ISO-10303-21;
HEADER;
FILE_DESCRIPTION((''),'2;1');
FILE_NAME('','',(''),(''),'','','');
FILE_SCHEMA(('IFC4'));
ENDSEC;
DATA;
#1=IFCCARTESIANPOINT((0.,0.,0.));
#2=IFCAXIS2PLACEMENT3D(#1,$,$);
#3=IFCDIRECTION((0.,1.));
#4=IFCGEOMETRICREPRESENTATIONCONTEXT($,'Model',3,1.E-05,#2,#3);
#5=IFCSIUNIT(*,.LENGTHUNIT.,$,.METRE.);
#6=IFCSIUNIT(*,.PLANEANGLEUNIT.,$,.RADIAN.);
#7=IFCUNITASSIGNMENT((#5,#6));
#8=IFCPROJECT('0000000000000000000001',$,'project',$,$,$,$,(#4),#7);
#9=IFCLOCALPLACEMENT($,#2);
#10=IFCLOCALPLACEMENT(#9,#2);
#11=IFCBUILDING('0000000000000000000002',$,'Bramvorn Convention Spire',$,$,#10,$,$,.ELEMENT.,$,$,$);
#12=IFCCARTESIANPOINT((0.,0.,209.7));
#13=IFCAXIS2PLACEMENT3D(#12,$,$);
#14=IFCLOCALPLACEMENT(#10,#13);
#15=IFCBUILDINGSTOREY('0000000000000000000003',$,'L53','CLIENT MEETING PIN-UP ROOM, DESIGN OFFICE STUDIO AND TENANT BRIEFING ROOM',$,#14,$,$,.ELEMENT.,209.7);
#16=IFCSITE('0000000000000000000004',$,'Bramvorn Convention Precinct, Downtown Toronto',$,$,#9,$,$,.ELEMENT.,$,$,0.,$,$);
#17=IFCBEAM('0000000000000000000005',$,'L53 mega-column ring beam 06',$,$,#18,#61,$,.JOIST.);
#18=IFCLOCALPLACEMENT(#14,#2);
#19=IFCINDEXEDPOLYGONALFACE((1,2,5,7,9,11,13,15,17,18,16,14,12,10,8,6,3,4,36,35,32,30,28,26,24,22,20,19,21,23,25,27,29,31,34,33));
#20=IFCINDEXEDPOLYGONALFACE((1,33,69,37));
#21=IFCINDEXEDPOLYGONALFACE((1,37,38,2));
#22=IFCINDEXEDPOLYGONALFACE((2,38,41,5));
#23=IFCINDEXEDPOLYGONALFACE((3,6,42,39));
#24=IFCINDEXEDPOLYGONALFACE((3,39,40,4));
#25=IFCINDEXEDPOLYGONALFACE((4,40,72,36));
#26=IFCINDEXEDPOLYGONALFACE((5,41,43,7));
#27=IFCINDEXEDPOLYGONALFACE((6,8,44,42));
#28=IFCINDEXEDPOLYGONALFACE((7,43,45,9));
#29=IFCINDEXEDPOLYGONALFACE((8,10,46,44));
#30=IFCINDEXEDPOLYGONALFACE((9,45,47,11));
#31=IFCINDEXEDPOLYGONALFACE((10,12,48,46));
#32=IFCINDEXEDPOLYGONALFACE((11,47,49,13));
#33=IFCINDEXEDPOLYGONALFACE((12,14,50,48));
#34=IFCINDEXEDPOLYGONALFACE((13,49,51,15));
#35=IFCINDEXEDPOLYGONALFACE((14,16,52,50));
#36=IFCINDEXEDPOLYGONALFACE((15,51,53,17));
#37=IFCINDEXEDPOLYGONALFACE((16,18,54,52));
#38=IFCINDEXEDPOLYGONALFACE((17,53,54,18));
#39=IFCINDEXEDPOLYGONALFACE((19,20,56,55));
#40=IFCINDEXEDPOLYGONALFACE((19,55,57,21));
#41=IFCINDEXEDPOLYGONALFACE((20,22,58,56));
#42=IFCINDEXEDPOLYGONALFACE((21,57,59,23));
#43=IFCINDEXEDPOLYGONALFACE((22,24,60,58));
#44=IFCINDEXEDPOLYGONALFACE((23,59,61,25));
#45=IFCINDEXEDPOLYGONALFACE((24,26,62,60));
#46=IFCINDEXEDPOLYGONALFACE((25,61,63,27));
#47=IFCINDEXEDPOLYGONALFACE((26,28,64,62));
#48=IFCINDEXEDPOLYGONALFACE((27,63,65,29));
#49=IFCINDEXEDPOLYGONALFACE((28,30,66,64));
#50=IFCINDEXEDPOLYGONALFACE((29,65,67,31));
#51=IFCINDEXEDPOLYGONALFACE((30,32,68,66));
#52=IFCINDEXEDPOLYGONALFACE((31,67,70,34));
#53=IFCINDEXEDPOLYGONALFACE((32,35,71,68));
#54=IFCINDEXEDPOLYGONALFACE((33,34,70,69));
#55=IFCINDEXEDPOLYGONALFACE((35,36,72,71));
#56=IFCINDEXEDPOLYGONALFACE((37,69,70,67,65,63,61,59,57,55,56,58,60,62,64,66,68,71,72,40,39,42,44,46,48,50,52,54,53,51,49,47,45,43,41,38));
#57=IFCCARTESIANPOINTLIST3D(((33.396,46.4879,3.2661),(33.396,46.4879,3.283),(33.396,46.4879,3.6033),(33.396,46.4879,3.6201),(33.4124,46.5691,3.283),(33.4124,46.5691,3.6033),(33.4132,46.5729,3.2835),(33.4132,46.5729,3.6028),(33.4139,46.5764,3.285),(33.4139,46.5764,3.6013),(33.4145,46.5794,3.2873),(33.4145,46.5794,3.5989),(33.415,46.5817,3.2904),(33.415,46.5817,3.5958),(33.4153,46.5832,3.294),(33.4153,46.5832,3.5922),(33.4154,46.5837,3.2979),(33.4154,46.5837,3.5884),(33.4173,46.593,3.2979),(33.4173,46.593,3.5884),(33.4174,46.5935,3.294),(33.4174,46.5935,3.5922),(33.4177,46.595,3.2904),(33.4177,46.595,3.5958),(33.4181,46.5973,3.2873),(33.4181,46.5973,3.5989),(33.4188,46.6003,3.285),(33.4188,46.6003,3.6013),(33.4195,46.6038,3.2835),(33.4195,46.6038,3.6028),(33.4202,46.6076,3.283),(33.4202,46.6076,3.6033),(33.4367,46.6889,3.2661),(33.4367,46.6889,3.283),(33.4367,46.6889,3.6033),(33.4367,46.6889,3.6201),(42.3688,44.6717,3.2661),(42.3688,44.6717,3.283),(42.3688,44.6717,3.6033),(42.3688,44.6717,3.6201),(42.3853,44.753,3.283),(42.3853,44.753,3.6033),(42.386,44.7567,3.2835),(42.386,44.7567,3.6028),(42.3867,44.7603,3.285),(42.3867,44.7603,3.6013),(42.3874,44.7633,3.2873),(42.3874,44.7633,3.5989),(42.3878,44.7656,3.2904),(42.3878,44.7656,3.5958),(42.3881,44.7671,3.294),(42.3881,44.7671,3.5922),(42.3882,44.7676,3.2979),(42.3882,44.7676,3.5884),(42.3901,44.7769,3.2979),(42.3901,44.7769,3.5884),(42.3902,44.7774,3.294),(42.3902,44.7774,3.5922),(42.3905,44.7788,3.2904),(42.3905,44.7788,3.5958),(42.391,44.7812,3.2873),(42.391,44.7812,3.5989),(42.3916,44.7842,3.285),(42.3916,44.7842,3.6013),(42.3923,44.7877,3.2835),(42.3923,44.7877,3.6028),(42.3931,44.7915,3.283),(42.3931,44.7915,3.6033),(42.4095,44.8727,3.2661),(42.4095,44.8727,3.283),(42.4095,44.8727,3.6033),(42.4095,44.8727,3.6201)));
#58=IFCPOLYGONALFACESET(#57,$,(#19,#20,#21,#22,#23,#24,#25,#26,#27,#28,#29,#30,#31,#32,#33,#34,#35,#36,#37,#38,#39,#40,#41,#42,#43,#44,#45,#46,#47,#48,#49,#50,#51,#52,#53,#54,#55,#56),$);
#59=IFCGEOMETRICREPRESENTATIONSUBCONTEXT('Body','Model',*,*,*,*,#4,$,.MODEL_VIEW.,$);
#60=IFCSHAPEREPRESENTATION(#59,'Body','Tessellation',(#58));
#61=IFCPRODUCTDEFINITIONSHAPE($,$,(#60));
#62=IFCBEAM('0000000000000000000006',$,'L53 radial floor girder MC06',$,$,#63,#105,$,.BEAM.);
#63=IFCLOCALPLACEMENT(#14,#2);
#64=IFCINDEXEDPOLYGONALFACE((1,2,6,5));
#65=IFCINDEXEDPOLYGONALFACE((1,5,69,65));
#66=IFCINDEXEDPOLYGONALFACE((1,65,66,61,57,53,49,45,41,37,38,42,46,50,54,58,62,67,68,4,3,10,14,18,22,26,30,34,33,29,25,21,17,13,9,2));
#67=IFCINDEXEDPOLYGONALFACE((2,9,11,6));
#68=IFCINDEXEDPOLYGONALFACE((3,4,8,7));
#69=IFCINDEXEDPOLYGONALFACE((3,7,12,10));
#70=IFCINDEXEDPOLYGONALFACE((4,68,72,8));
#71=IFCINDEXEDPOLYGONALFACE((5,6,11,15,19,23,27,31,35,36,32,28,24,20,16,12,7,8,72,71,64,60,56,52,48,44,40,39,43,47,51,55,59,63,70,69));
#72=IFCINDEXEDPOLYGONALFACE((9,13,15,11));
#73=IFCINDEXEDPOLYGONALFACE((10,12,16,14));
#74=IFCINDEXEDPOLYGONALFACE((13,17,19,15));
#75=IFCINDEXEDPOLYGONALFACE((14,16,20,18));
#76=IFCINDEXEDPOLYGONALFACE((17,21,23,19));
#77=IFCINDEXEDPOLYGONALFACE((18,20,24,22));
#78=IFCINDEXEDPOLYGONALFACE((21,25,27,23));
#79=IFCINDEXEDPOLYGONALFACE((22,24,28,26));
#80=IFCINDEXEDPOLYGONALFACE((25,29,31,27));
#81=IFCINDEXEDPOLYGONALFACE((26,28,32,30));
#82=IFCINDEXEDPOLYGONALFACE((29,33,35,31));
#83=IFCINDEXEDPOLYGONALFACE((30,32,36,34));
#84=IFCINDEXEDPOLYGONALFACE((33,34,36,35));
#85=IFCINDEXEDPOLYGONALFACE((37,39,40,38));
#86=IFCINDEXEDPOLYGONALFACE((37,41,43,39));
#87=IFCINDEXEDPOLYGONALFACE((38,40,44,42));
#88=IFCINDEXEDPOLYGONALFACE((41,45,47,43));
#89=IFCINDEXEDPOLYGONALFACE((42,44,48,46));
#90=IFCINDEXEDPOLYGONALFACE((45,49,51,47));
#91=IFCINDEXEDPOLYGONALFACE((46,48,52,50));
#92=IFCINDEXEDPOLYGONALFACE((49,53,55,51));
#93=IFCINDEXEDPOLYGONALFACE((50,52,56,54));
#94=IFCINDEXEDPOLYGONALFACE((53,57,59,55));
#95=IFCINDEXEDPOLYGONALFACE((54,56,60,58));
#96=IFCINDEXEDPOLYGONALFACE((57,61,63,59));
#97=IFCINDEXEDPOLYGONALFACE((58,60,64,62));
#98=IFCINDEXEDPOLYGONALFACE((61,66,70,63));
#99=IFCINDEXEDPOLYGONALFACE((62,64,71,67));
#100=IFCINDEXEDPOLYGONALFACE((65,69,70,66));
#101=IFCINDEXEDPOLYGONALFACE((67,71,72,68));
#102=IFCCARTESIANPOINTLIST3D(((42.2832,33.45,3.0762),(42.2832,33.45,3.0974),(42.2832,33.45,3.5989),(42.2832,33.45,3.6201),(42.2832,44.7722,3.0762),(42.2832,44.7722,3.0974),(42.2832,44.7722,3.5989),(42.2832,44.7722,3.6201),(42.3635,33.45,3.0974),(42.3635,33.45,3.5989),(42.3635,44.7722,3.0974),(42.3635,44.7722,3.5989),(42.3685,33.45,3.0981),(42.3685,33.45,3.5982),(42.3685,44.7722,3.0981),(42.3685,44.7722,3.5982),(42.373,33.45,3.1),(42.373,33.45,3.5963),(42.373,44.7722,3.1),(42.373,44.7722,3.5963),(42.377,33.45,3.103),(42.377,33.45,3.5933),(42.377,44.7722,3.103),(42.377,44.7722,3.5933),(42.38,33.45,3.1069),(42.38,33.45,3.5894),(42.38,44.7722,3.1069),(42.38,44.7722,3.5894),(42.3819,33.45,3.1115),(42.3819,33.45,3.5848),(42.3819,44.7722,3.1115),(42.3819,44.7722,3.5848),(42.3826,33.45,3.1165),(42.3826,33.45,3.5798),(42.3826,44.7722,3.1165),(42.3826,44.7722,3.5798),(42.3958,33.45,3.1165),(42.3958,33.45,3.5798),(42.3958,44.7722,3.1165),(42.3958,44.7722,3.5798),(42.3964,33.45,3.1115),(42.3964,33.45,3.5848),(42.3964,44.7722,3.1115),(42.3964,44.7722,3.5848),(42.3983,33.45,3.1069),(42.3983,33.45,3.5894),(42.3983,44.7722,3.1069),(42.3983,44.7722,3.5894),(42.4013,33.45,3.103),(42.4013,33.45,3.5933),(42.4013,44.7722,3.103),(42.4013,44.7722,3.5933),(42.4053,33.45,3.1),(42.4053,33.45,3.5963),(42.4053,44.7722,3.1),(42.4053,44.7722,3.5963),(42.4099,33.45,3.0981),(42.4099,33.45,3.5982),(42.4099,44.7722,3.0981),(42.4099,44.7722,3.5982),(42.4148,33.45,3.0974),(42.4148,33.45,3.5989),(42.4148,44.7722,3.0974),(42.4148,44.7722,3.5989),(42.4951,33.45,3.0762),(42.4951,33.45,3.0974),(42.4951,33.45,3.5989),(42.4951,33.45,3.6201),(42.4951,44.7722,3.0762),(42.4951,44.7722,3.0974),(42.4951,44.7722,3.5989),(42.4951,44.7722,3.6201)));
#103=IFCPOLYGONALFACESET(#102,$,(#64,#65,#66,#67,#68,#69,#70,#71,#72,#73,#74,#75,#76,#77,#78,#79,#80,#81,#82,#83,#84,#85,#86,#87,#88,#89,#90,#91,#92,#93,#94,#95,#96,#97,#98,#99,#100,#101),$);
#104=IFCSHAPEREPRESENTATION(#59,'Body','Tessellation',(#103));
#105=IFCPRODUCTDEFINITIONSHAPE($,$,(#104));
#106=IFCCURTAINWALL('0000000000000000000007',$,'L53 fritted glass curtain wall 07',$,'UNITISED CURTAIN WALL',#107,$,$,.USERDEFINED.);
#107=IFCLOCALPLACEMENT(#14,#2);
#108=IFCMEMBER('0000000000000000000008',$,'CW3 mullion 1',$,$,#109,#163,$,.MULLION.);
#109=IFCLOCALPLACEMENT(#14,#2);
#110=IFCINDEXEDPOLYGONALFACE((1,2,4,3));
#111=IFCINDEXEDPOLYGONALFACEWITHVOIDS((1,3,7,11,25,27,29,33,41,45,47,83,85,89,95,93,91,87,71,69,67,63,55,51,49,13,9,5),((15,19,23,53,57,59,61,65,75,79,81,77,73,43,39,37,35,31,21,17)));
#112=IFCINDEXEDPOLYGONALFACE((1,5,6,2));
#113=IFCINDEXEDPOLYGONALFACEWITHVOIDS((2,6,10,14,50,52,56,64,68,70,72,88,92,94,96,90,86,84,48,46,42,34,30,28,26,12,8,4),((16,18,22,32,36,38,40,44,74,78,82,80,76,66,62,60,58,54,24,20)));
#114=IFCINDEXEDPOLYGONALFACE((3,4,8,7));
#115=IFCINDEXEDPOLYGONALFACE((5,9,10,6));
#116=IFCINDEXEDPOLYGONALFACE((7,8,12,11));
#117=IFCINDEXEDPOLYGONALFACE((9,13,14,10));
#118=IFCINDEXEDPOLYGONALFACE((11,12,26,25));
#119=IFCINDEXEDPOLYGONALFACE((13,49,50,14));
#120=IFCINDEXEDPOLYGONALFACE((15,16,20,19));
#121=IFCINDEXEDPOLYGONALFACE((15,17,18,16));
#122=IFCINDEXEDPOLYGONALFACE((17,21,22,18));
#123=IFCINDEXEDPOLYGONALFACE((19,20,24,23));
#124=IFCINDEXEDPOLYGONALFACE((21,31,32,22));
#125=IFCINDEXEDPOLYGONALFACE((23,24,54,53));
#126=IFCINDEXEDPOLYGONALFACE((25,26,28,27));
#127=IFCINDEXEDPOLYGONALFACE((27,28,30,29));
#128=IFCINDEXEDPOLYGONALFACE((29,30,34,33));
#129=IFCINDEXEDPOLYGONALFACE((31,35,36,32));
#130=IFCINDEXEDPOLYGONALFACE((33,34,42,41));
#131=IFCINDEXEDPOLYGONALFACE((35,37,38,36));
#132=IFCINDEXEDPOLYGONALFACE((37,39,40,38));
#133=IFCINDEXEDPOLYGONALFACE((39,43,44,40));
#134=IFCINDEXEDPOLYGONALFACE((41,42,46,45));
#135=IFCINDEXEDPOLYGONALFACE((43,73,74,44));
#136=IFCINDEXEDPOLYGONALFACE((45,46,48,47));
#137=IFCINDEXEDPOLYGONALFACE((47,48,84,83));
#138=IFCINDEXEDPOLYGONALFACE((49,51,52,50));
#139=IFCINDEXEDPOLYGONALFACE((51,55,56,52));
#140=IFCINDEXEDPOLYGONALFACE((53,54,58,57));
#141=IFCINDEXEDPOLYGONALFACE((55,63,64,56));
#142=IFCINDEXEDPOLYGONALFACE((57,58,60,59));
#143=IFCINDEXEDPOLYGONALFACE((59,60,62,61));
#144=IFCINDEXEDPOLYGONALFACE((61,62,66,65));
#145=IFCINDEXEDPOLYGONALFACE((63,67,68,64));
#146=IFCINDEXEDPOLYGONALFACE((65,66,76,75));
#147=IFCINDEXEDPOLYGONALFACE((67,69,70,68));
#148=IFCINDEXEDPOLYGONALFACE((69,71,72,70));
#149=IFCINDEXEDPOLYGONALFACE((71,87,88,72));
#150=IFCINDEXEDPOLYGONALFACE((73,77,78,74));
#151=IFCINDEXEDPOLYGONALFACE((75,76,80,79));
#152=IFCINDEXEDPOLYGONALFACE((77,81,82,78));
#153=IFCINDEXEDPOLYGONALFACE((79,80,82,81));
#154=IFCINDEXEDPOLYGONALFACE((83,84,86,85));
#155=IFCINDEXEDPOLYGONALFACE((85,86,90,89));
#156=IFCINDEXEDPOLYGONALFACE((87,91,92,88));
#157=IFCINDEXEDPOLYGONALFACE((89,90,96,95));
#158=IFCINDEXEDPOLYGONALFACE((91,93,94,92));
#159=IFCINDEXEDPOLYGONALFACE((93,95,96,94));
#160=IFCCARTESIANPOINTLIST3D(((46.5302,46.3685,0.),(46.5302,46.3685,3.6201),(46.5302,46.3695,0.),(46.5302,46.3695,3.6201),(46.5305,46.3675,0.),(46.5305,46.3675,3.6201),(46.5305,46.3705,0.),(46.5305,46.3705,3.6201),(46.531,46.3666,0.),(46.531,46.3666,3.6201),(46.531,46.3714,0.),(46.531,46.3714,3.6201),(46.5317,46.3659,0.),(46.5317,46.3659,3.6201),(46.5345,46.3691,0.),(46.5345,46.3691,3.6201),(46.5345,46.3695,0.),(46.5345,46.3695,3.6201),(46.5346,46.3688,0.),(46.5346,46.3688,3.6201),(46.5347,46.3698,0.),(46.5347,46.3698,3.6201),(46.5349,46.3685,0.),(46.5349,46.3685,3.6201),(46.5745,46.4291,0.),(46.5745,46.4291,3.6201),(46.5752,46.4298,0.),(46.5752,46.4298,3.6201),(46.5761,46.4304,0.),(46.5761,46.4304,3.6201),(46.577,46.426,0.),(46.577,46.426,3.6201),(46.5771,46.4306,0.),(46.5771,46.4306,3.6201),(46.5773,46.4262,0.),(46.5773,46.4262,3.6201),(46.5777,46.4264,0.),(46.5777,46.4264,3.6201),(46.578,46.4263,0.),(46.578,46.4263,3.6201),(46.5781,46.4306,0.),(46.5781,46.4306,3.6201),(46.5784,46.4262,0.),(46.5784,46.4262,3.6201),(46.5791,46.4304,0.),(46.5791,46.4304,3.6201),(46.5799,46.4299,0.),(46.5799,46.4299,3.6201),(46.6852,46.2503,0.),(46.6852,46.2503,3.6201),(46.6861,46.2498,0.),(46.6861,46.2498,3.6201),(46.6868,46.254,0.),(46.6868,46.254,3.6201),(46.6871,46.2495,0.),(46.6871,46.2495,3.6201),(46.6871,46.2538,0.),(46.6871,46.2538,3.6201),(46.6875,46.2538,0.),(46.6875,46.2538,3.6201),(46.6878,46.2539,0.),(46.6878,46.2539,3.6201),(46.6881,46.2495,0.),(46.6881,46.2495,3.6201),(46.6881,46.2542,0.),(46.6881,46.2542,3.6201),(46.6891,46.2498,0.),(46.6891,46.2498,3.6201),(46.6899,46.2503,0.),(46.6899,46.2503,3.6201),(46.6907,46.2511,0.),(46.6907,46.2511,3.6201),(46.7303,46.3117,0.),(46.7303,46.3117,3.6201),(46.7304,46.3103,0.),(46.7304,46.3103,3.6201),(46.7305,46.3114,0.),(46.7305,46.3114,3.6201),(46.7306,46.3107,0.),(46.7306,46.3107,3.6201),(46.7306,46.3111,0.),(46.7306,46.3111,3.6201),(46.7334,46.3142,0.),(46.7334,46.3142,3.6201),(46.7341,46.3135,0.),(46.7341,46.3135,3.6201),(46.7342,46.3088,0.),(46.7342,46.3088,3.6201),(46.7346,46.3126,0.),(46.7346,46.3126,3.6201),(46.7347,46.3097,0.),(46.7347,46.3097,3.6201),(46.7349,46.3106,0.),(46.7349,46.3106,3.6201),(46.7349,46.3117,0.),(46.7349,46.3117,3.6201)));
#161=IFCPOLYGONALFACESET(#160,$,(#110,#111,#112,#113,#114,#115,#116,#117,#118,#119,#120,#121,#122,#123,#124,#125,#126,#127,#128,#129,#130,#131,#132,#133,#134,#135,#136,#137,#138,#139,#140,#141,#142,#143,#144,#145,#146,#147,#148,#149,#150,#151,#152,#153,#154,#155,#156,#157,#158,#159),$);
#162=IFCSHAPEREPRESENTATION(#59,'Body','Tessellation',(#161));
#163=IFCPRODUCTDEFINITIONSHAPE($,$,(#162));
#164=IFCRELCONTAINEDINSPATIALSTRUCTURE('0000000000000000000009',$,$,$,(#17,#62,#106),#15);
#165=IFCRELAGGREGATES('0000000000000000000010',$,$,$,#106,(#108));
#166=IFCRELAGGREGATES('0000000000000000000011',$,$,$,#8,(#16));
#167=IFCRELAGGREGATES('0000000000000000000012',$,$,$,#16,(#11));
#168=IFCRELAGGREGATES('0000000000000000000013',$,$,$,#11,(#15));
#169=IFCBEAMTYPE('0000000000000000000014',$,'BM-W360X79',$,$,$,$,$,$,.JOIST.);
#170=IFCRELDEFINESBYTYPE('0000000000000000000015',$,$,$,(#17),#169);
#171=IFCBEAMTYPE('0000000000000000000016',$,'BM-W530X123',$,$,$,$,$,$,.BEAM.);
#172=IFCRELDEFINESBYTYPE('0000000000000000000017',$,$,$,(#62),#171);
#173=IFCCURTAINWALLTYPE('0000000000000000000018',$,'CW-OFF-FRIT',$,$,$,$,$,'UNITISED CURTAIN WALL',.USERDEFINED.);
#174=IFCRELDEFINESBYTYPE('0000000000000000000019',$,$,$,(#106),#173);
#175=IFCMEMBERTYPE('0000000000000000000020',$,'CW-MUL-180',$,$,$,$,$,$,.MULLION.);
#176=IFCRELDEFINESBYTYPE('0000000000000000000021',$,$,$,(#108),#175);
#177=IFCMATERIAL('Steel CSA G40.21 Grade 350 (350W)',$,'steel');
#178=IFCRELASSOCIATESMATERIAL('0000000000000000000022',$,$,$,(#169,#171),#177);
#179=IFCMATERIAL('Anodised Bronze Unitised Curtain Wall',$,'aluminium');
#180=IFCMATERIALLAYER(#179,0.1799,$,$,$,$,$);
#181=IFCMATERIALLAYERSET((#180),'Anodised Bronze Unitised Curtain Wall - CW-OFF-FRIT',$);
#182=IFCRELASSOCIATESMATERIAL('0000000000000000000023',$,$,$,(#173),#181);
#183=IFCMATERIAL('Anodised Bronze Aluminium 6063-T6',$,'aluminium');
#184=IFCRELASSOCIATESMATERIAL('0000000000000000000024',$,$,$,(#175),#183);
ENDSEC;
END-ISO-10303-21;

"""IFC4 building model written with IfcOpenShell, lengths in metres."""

from ifc_helpers import new_model, si_unit, direction, frame, origin, origin_2d, place, context, subcontext, project, spatial, hollow_rectangle, i_section, extrude, material, layer, layer_set, material_profile, profile_set, type_object, element, aggregate, save


model = new_model("IFC4")

# Units and contexts
model_context = context("Model", 3, precision=1e-05, world=origin(), true_north=direction((0.0, 1.0)))
body_context = subcontext(model_context, "Body", "Model", "MODEL_VIEW")
ifc_project = project(units=[si_unit("LENGTHUNIT", "METRE"), si_unit("PLANEANGLEUNIT", "RADIAN")], contexts=[model_context])

# Site, building, storey
site_placement = place(None, origin())
site = spatial("IfcSite", under=ifc_project, at=site_placement, Name="Bramvorn Convention Precinct, Downtown Toronto", CompositionType="ELEMENT", RefElevation=0.0)
building_placement = place(site_placement, origin())
building = spatial("IfcBuilding", under=site, at=building_placement, Name="Bramvorn Convention Spire", CompositionType="ELEMENT")
storey_placement = place(building_placement, frame((0.0, 0.0, 209.7)))
storey = spatial("IfcBuildingStorey", under=building, at=storey_placement, Name="L53", Description="CLIENT MEETING PIN-UP ROOM, DESIGN OFFICE STUDIO AND TENANT BRIEFING ROOM", CompositionType="ELEMENT", Elevation=209.7)

# Shared definitions
ifc_material_1 = material(Name="Steel CSA G40.21 Grade 350 (350W)", Category="steel")

# Beams
ifc_material_profile_1 = material_profile(ifc_material_1, i_section(OverallWidth=0.2051, OverallDepth=0.354, WebThickness=0.0095, FlangeThickness=0.0168, FilletRadius=0.0149, at=origin_2d()))
ifc_profile_set_1 = profile_set([ifc_material_profile_1], Name="Steel CSA G40.21 Grade 350 (350W) - W360X79")
beam_type_1 = type_object("IfcBeamType", Name="BM-W360X79", PredefinedType="JOIST", material=ifc_profile_set_1)
beam_1_placement = place(storey_placement, frame((42.3892, 44.7722, 3.4431), z_axis=(-0.980125, 0.198382, 0.0), x_axis=(-0.198382, -0.980125, 0.0)))
element("IfcBeam", 1, at=beam_1_placement, inside=storey, type_object=beam_type_1, Name="L53 mega-column ring beam 06", PredefinedType="JOIST", context=body_context, shape_type="SweptSolid", body=[
    extrude(i_section(OverallWidth=0.2051, OverallDepth=0.354, WebThickness=0.0095, FlangeThickness=0.0168, FilletRadius=0.0149, at=origin_2d()), origin(), (0.0, 0.0, 1.0), 9.1548),
])
ifc_material_profile_2 = material_profile(ifc_material_1, i_section(OverallWidth=0.2119, OverallDepth=0.5439, WebThickness=0.0132, FlangeThickness=0.0212, FilletRadius=0.019, at=origin_2d()))
ifc_profile_set_2 = profile_set([ifc_material_profile_2], Name="Steel CSA G40.21 Grade 350 (350W) - W530X123")
beam_type_2 = type_object("IfcBeamType", Name="BM-W530X123", PredefinedType="BEAM", material=ifc_profile_set_2)
beam_2_placement = place(storey_placement, frame((42.3892, 33.45, 3.3481), z_axis=(0.0, 1.0, 0.0), x_axis=(-1.0, 0.0, 0.0)))
element("IfcBeam", 2, at=beam_2_placement, inside=storey, type_object=beam_type_2, Name="L53 radial floor girder MC06", PredefinedType="BEAM", context=body_context, shape_type="SweptSolid", body=[
    extrude(i_section(OverallWidth=0.2119, OverallDepth=0.5439, WebThickness=0.0132, FlangeThickness=0.0212, FilletRadius=0.019, at=origin_2d()), origin(), (0.0, 0.0, 1.0), 11.3223),
])

# Curtain wall, member
ifc_material_2 = material(Name="Anodised Bronze Unitised Curtain Wall", Category="aluminium")
ifc_layer_1 = layer(ifc_material_2, 0.1799)
ifc_layer_set_1 = layer_set([ifc_layer_1], Name="Anodised Bronze Unitised Curtain Wall - CW-OFF-FRIT")
curtain_wall_type = type_object("IfcCurtainWallType", Name="CW-OFF-FRIT", ElementType="UNITISED CURTAIN WALL", PredefinedType="USERDEFINED", material=ifc_layer_set_1)
curtain_wall_placement = place(storey_placement, origin())
curtain_wall = element("IfcCurtainWall", 3, at=curtain_wall_placement, inside=storey, type_object=curtain_wall_type, Name="L53 fritted glass curtain wall 07", ObjectType="UNITISED CURTAIN WALL", PredefinedType="USERDEFINED")
ifc_material_3 = material(Name="Anodised Bronze Aluminium 6063-T6", Category="aluminium")
ifc_material_profile_3 = material_profile(ifc_material_3, hollow_rectangle(XDim=0.0801, YDim=0.2, WallThickness=0.0039, InnerFilletRadius=0.001, OuterFilletRadius=0.0039, at=origin_2d()))
ifc_profile_set_3 = profile_set([ifc_material_profile_3], Name="Anodised Bronze Aluminium 6063-T6 - CWM80X200")
member_type_1 = type_object("IfcMemberType", Name="CW-MUL-180", PredefinedType="MULLION", material=ifc_profile_set_3)
member_1_placement = place(storey_placement, frame((46.6326, 46.3401, 0.0), z_axis=(0.0, 0.0, 1.0), x_axis=(0.601872, 0.798593, 0.0)))
member_1 = element("IfcMember", 4, at=member_1_placement, type_object=member_type_1, Name="CW3 mullion 1", PredefinedType="MULLION", context=body_context, shape_type="SweptSolid", body=[
    extrude(hollow_rectangle(XDim=0.0801, YDim=0.2, WallThickness=0.0039, InnerFilletRadius=0.001, OuterFilletRadius=0.0039, at=origin_2d()), origin(), (0.0, 0.0, 1.0), 3.6201),
])
aggregate(curtain_wall, [member_1])

save(model, "model.ifc")
